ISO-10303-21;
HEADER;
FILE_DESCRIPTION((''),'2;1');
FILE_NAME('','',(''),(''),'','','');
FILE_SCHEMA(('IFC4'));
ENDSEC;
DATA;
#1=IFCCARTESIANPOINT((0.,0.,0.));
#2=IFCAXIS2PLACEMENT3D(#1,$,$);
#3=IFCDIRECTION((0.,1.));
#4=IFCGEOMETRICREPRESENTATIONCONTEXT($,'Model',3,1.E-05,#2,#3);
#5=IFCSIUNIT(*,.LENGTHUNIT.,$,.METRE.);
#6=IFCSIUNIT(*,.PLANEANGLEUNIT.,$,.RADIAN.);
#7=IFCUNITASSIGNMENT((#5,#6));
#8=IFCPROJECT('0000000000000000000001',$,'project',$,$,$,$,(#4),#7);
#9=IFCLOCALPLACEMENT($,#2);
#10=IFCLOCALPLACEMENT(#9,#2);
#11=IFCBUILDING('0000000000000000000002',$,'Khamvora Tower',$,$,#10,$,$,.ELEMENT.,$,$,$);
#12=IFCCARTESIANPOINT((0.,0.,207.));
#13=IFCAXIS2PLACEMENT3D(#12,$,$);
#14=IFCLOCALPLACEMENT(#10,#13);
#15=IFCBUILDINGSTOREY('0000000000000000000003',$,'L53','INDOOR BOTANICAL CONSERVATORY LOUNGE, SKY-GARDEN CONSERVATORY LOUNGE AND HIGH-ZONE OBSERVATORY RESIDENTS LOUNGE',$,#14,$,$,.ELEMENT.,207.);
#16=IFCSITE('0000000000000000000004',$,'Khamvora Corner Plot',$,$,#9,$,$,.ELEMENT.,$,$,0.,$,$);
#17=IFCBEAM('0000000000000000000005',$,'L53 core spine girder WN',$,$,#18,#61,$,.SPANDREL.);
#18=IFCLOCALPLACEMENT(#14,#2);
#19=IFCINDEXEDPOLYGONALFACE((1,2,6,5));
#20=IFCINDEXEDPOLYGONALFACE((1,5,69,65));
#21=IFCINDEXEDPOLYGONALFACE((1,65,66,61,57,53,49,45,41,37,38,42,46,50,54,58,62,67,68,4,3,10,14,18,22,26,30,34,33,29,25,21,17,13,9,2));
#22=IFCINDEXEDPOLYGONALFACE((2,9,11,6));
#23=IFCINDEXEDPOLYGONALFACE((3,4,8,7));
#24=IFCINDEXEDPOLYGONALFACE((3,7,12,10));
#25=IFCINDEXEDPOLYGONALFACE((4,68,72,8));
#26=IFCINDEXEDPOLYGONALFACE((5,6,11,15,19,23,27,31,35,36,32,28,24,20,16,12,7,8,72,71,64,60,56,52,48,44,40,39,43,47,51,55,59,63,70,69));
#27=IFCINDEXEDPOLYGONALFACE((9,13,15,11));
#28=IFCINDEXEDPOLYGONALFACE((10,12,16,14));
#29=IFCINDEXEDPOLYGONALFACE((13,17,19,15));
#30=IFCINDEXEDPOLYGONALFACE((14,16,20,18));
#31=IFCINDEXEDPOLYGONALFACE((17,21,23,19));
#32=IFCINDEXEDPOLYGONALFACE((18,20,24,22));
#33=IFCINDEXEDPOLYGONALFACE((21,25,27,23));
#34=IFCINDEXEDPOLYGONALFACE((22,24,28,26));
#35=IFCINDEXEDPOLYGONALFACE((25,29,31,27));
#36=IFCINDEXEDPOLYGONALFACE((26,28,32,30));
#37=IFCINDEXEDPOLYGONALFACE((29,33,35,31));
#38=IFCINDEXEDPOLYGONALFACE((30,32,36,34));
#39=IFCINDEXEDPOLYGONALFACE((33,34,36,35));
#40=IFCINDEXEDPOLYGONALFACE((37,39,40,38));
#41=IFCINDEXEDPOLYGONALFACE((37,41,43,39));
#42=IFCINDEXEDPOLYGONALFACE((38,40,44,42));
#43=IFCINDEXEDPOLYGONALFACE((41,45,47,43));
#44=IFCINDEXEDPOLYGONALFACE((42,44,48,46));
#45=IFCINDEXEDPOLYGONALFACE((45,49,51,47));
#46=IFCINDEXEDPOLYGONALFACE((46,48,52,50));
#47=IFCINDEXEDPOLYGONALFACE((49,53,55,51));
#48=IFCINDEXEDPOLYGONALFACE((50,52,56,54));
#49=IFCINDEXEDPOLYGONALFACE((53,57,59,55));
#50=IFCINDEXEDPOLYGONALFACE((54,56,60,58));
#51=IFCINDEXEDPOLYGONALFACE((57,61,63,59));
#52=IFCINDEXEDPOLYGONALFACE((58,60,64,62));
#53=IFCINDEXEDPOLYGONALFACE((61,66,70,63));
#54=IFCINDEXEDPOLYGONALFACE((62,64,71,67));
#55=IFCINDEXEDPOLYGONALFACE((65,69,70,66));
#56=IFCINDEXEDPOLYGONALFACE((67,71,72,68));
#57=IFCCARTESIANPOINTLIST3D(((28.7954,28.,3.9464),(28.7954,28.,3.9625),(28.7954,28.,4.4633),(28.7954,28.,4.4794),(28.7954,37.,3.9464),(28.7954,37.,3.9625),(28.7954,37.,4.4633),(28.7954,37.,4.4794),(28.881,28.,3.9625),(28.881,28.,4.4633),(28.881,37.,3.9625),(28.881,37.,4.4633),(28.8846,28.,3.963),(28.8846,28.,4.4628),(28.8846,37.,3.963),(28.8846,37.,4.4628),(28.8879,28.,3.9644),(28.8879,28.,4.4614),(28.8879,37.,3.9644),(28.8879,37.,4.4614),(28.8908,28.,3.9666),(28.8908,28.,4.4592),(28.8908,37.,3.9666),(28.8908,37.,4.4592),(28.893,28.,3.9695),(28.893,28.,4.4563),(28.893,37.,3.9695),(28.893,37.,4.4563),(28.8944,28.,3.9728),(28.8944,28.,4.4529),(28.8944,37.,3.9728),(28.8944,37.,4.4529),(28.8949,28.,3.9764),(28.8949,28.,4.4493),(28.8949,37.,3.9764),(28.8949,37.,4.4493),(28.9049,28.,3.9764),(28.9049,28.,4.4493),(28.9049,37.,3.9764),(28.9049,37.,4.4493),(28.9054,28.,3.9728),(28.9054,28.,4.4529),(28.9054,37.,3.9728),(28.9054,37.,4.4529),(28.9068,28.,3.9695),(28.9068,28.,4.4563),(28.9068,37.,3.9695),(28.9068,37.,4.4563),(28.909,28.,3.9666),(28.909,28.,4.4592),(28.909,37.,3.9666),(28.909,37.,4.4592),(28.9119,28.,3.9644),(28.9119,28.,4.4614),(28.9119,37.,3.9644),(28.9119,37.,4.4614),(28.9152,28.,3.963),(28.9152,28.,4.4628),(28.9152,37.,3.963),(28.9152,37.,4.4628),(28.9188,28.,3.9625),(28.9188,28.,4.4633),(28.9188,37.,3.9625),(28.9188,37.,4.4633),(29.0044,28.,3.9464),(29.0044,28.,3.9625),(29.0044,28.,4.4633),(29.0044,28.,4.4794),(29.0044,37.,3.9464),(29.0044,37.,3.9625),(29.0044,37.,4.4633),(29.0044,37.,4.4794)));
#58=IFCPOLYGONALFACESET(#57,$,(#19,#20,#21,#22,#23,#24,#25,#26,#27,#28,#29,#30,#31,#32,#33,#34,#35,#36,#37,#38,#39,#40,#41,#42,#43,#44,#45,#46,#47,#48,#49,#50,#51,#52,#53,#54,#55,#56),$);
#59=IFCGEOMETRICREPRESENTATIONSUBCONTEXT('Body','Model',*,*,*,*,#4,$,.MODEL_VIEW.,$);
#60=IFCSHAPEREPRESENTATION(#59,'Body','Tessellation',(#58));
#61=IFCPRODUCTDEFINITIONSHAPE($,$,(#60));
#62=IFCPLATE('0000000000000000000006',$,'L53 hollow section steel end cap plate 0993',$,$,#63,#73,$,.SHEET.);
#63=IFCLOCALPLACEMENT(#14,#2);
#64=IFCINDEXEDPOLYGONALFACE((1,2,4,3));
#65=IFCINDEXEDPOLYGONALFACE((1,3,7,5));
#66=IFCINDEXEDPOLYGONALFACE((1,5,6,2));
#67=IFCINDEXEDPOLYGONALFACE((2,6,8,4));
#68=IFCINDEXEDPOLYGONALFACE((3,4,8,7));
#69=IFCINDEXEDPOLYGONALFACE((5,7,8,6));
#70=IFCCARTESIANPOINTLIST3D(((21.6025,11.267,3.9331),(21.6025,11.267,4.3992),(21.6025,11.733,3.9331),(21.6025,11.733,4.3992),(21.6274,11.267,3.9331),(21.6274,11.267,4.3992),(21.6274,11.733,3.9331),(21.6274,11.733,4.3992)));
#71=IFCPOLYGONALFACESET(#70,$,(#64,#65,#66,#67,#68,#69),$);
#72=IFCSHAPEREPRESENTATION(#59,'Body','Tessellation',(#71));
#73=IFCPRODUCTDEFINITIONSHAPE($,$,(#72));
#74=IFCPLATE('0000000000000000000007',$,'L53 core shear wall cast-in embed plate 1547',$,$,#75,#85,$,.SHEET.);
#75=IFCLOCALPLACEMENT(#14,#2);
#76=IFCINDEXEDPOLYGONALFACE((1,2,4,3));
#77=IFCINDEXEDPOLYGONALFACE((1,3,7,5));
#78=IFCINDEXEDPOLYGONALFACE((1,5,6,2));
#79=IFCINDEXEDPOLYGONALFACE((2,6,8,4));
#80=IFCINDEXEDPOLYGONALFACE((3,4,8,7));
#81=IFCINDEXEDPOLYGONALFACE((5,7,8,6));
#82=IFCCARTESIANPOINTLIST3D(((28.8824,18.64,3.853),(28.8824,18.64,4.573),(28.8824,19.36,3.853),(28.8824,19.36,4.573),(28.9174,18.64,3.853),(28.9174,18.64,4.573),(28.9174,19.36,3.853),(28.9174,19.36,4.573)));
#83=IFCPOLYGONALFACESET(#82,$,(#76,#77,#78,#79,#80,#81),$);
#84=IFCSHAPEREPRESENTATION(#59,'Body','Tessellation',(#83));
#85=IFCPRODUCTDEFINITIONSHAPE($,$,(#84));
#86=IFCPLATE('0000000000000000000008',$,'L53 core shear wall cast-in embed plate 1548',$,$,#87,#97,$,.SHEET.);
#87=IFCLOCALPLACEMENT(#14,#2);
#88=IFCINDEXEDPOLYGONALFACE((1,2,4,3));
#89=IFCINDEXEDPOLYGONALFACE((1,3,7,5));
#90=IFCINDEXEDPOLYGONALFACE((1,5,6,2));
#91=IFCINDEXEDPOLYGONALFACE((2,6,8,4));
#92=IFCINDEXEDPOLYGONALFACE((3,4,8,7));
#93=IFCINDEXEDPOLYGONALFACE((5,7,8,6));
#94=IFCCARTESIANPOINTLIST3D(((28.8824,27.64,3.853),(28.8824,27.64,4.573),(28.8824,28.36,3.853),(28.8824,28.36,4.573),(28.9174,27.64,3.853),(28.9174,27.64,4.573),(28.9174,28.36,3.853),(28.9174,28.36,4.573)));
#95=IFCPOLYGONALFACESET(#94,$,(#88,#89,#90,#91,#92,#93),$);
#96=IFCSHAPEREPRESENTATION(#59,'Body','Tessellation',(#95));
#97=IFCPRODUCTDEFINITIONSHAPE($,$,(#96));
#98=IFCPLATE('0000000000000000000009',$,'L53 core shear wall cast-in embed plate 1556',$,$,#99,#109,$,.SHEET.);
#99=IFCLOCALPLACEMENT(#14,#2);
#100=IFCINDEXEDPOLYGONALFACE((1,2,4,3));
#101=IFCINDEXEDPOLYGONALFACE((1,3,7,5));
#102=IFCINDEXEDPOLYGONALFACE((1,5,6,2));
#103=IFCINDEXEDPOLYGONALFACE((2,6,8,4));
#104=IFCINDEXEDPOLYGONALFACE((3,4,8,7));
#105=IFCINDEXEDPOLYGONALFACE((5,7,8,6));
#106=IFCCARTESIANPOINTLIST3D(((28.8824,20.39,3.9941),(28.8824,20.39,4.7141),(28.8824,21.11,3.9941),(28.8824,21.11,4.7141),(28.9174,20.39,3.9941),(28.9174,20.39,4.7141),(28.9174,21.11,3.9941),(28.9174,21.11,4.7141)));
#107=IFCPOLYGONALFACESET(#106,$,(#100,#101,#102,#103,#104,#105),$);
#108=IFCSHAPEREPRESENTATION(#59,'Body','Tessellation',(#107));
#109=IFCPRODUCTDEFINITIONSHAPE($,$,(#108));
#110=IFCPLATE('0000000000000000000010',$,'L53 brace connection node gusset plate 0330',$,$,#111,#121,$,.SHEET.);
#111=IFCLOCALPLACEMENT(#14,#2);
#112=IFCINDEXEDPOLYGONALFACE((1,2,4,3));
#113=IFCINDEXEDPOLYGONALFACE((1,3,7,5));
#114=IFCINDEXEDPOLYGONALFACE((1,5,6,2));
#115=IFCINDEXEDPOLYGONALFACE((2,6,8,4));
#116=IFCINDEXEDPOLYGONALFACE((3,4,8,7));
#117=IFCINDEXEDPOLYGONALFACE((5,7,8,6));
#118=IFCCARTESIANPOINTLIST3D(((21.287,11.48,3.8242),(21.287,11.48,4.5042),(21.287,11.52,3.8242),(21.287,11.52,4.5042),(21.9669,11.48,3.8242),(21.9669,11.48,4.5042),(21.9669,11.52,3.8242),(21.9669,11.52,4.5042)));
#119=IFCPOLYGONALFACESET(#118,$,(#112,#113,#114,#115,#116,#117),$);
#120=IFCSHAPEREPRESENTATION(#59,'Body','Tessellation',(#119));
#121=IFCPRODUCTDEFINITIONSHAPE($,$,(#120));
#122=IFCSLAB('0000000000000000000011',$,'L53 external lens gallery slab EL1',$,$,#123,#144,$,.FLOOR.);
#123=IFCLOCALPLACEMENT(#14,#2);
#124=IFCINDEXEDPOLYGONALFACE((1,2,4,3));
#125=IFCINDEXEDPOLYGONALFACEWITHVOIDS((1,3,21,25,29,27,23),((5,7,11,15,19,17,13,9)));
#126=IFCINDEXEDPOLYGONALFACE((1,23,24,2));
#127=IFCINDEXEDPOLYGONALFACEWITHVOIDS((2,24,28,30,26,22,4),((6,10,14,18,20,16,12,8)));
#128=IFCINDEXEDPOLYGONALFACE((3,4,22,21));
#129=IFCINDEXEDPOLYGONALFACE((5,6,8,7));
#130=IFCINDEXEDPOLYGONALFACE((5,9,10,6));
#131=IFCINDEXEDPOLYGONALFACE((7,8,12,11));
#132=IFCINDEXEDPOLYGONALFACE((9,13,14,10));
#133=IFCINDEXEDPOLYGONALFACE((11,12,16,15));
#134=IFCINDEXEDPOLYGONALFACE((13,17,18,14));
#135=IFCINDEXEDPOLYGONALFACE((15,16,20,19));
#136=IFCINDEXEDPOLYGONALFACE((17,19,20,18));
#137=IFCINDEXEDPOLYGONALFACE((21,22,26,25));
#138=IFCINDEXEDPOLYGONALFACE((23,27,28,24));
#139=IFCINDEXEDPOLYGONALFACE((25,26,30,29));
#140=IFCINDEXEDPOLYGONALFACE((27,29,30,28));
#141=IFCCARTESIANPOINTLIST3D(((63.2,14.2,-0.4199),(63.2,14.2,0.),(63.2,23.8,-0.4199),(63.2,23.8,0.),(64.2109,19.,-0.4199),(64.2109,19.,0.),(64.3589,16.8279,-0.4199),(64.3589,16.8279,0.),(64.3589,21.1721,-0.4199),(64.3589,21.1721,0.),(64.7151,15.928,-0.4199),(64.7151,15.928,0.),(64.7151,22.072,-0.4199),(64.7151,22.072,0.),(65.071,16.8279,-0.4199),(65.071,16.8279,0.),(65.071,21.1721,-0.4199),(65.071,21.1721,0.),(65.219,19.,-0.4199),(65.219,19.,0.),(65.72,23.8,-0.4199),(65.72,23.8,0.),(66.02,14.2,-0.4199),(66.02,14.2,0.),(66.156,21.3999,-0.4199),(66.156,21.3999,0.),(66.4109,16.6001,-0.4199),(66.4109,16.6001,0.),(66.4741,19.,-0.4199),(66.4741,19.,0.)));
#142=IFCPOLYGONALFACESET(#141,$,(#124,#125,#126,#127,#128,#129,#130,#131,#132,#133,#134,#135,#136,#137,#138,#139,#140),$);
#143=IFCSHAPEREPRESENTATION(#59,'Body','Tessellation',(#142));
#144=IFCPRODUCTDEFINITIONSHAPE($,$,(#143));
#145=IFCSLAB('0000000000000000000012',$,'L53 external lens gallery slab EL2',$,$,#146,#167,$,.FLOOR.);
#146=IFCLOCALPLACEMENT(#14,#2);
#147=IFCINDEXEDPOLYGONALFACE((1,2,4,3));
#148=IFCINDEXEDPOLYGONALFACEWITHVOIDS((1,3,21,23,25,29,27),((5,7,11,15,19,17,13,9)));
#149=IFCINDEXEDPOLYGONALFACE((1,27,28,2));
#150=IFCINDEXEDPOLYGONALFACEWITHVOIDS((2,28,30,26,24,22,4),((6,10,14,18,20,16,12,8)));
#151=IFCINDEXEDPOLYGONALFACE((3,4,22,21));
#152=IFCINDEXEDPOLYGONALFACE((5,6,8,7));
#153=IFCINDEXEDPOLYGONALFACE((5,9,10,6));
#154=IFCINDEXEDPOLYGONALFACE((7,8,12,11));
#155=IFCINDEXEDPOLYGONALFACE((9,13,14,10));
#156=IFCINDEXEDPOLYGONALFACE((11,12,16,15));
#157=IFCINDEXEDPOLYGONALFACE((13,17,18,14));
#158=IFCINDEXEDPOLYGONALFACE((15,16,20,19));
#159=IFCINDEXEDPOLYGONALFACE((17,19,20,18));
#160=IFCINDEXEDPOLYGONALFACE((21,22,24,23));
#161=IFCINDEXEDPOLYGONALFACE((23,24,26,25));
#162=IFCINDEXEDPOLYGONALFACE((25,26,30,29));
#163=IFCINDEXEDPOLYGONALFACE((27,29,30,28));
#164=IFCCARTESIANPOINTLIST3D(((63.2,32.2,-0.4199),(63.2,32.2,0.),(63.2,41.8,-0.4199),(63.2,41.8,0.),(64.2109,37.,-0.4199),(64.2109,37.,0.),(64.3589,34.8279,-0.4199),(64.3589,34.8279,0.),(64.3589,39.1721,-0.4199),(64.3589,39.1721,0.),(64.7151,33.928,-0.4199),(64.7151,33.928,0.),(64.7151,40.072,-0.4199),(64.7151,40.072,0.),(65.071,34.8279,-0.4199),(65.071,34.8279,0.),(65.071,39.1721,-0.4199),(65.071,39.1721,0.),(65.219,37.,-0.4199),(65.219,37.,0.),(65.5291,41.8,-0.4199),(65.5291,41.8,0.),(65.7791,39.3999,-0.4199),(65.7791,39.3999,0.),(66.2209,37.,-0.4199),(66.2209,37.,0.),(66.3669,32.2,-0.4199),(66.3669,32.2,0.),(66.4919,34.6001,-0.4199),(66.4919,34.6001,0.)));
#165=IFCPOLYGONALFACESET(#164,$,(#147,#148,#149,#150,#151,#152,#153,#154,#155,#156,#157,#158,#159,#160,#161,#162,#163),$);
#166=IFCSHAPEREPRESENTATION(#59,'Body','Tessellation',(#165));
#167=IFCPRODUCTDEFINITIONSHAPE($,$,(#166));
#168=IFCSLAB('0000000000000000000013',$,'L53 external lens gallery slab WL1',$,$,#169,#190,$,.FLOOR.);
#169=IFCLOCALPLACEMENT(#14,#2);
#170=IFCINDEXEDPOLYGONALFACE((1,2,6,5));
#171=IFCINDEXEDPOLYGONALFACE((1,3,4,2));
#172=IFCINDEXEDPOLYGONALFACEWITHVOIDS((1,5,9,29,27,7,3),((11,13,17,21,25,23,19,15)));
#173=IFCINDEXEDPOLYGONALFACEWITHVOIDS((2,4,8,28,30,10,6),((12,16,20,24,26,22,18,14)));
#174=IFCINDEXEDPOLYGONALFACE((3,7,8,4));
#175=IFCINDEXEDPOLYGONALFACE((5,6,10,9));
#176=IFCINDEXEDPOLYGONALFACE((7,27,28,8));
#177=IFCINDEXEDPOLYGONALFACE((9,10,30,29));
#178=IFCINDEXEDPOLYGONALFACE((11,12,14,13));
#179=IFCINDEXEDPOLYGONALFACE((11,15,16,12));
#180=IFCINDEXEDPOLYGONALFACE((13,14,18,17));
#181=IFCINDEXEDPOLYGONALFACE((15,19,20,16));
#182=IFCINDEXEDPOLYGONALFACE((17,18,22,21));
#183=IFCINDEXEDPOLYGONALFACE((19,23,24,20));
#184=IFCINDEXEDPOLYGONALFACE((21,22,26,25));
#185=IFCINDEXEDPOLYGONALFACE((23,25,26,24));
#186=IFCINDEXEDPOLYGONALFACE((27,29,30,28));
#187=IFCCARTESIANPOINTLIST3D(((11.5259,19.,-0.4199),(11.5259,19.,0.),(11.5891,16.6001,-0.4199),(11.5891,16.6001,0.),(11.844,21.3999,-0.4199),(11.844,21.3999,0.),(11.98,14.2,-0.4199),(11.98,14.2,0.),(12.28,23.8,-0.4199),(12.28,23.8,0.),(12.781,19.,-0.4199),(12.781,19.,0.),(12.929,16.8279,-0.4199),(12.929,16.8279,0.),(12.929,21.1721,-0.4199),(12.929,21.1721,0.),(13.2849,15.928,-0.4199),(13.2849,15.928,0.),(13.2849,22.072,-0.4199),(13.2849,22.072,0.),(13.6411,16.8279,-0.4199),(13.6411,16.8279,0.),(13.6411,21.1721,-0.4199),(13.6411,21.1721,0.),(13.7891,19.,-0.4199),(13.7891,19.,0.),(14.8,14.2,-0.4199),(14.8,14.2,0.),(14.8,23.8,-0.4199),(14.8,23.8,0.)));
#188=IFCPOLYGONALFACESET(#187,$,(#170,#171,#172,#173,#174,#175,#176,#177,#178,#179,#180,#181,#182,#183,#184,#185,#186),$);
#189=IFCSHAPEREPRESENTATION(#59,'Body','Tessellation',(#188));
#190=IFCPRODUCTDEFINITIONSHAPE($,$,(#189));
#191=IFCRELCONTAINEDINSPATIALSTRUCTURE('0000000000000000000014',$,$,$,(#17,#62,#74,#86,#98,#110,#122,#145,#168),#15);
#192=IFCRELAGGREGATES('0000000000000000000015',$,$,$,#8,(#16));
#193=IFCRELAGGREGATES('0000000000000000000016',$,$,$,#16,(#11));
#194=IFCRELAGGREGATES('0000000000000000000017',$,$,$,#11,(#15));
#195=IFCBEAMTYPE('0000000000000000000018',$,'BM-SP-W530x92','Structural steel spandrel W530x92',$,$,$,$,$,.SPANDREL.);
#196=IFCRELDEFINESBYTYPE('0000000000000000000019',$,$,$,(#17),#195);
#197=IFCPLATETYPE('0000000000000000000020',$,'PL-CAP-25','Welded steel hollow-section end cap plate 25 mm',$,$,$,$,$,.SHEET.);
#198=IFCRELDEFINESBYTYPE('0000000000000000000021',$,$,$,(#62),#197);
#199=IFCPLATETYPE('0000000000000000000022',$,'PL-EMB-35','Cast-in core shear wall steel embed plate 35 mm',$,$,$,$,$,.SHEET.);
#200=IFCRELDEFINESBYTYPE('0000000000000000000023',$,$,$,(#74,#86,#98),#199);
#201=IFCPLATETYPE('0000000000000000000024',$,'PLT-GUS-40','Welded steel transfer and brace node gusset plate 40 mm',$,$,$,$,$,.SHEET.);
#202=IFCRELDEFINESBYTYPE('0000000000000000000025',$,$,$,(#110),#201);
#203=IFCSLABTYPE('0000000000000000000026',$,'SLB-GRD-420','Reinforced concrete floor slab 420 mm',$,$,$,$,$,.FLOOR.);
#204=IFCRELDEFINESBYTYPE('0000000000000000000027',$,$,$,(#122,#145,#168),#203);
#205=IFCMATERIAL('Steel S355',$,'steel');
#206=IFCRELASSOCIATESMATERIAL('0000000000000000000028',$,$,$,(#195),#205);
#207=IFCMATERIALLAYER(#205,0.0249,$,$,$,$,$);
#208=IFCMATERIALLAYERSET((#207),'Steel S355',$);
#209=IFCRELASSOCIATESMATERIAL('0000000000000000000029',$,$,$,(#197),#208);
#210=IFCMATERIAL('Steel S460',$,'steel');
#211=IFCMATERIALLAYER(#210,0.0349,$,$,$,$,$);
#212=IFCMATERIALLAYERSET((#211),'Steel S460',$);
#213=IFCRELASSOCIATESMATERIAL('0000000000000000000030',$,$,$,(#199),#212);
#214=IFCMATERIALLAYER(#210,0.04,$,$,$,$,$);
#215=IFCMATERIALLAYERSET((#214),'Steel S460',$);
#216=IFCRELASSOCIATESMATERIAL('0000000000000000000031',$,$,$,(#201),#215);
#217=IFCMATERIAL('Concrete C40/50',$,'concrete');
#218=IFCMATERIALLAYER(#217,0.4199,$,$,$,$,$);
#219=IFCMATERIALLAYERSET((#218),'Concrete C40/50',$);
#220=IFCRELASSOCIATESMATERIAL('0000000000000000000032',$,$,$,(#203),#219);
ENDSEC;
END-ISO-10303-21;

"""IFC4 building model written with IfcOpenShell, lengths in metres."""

from ifc_helpers import new_model, si_unit, direction, frame, origin, origin_2d, place, context, subcontext, project, spatial, polyline, rectangle, i_section, outline, extrude, material, layer, layer_set, material_profile, profile_set, type_object, element, save


model = new_model("IFC4")

# Units and contexts
model_context = context("Model", 3, precision=1e-05, world=origin(), true_north=direction((0.0, 1.0)))
body_context = subcontext(model_context, "Body", "Model", "MODEL_VIEW")
ifc_project = project(units=[si_unit("LENGTHUNIT", "METRE"), si_unit("PLANEANGLEUNIT", "RADIAN")], contexts=[model_context])

# Site, building, storey
site_placement = place(None, origin())
site = spatial("IfcSite", under=ifc_project, at=site_placement, Name="Khamvora Corner Plot", CompositionType="ELEMENT", RefElevation=0.0)
building_placement = place(site_placement, origin())
building = spatial("IfcBuilding", under=site, at=building_placement, Name="Khamvora Tower", CompositionType="ELEMENT")
storey_placement = place(building_placement, frame((0.0, 0.0, 207.0)))
storey = spatial("IfcBuildingStorey", under=building, at=storey_placement, Name="L53", Description="INDOOR BOTANICAL CONSERVATORY LOUNGE, SKY-GARDEN CONSERVATORY LOUNGE AND HIGH-ZONE OBSERVATORY RESIDENTS LOUNGE", CompositionType="ELEMENT", Elevation=207.0)

# Shared definitions
ifc_material_1 = material(Name="Steel S460", Category="steel")
ifc_material_2 = material(Name="Steel S355", Category="steel")

# Beam
ifc_material_profile_1 = material_profile(ifc_material_2, i_section(OverallWidth=0.209, OverallDepth=0.533, WebThickness=0.01, FlangeThickness=0.0161, FilletRadius=0.0139, at=origin_2d()), Name="W530x92")
ifc_profile_set_1 = profile_set([ifc_material_profile_1], Name="Steel S355")
beam_type_1 = type_object("IfcBeamType", Name="BM-SP-W530x92", Description="Structural steel spandrel W530x92", PredefinedType="SPANDREL", material=ifc_profile_set_1)
for number, where, z_axis, x_axis, name in (
    (1, (28.8999, 28.0, 4.2129), (0.0, 1.0, 0.0), (-1.0, 0.0, 0.0), "L53 core spine girder WN"),
):
    element("IfcBeam", number, at=place(storey_placement, frame(where, z_axis=z_axis, x_axis=x_axis)), inside=storey, type_object=beam_type_1, Name=name, PredefinedType="SPANDREL", context=body_context, shape_type="SweptSolid", body=[
        extrude(i_section(OverallWidth=0.209, OverallDepth=0.533, WebThickness=0.01, FlangeThickness=0.0161, FilletRadius=0.0139, at=origin_2d()), origin(), (0.0, 0.0, 1.0), 9.0),
    ])

# Plates
ifc_layer_1 = layer(ifc_material_2, 0.0249)
ifc_layer_set_1 = layer_set([ifc_layer_1], Name="Steel S355")
plate_type_1 = type_object("IfcPlateType", Name="PL-CAP-25", Description="Welded steel hollow-section end cap plate 25 mm", PredefinedType="SHEET", material=ifc_layer_set_1)
plate_1_placement = place(storey_placement, frame((21.615, 11.5, 3.9331), z_axis=(0.0, 0.0, 1.0), x_axis=(-1.0, 0.0, 0.0)))
element("IfcPlate", 2, at=plate_1_placement, inside=storey, type_object=plate_type_1, Name="L53 hollow section steel end cap plate 0993", PredefinedType="SHEET", context=body_context, shape_type="SweptSolid", body=[
    extrude(rectangle(XDim=0.0249, YDim=0.4661, at=origin_2d()), origin(), (0.0, 0.0, 1.0), 0.4661),
])
ifc_layer_2 = layer(ifc_material_1, 0.0349)
ifc_layer_set_2 = layer_set([ifc_layer_2], Name="Steel S460")
plate_type_2 = type_object("IfcPlateType", Name="PL-EMB-35", Description="Cast-in core shear wall steel embed plate 35 mm", PredefinedType="SHEET", material=ifc_layer_set_2)
for number, where, z_axis, x_axis, name in (
    (3, (28.8999, 19.0, 3.853), (0.0, 0.0, 1.0), (1.0, 0.0, 0.0), "L53 core shear wall cast-in embed plate 1547"),
    (4, (28.8999, 28.0, 3.853), (0.0, 0.0, 1.0), (1.0, 0.0, 0.0), "L53 core shear wall cast-in embed plate 1548"),
    (5, (28.8999, 20.75, 3.9941), (0.0, 0.0, 1.0), (1.0, 0.0, 0.0), "L53 core shear wall cast-in embed plate 1556"),
):
    element("IfcPlate", number, at=place(storey_placement, frame(where, z_axis=z_axis, x_axis=x_axis)), inside=storey, type_object=plate_type_2, Name=name, PredefinedType="SHEET", context=body_context, shape_type="SweptSolid", body=[
        extrude(rectangle(XDim=0.0349, YDim=0.72, at=origin_2d()), origin(), (0.0, 0.0, 1.0), 0.72),
    ])
ifc_layer_3 = layer(ifc_material_1, 0.04)
ifc_layer_set_3 = layer_set([ifc_layer_3], Name="Steel S460")
plate_type_3 = type_object("IfcPlateType", Name="PLT-GUS-40", Description="Welded steel transfer and brace node gusset plate 40 mm", PredefinedType="SHEET", material=ifc_layer_set_3)
plate_2_placement = place(storey_placement, frame((21.627, 11.5, 3.8242), z_axis=(0.0, 0.0, 1.0), x_axis=(1.0, 0.0, 0.0)))
element("IfcPlate", 6, at=plate_2_placement, inside=storey, type_object=plate_type_3, Name="L53 brace connection node gusset plate 0330", PredefinedType="SHEET", context=body_context, shape_type="SweptSolid", body=[
    extrude(rectangle(XDim=0.6799, YDim=0.04, at=origin_2d()), origin(), (0.0, 0.0, 1.0), 0.6799),
])

# Slabs
ifc_material_3 = material(Name="Concrete C40/50", Category="concrete")
ifc_layer_4 = layer(ifc_material_3, 0.4199)
ifc_layer_set_4 = layer_set([ifc_layer_4], Name="Concrete C40/50")
slab_type_1 = type_object("IfcSlabType", Name="SLB-GRD-420", Description="Reinforced concrete floor slab 420 mm", PredefinedType="FLOOR", material=ifc_layer_set_4)
slab_1_placement = place(storey_placement, frame((0.0, 0.0, -0.4199)))
element("IfcSlab", 7, at=slab_1_placement, inside=storey, type_object=slab_type_1, Name="L53 external lens gallery slab EL1", PredefinedType="FLOOR", context=body_context, shape_type="SweptSolid", body=[
    extrude(outline(polyline([(66.02, 14.2), (66.4109, 16.6001), (66.4741, 19.0), (66.156, 21.3999), (65.72, 23.8), (63.2, 23.8), (63.2, 14.2), (66.02, 14.2)]), holes=[polyline([(65.219, 19.0), (65.071, 21.1721), (64.7151, 22.072), (64.3589, 21.1721), (64.2109, 19.0), (64.3589, 16.8279), (64.7151, 15.928), (65.071, 16.8279), (65.219, 19.0)])]), origin(), (0.0, 0.0, 1.0), 0.4199),
])
slab_2_placement = place(storey_placement, frame((0.0, 0.0, -0.4199)))
element("IfcSlab", 8, at=slab_2_placement, inside=storey, type_object=slab_type_1, Name="L53 external lens gallery slab EL2", PredefinedType="FLOOR", context=body_context, shape_type="SweptSolid", body=[
    extrude(outline(polyline([(66.3669, 32.2), (66.4919, 34.6001), (66.2209, 37.0), (65.7791, 39.3999), (65.5291, 41.8), (63.2, 41.8), (63.2, 32.2), (66.3669, 32.2)]), holes=[polyline([(65.219, 37.0), (65.071, 39.1721), (64.7151, 40.072), (64.3589, 39.1721), (64.2109, 37.0), (64.3589, 34.8279), (64.7151, 33.928), (65.071, 34.8279), (65.219, 37.0)])]), origin(), (0.0, 0.0, 1.0), 0.4199),
])
slab_3_placement = place(storey_placement, frame((0.0, 0.0, -0.4199)))
element("IfcSlab", 9, at=slab_3_placement, inside=storey, type_object=slab_type_1, Name="L53 external lens gallery slab WL1", PredefinedType="FLOOR", context=body_context, shape_type="SweptSolid", body=[
    extrude(outline(polyline([(14.8, 14.2), (14.8, 23.8), (12.28, 23.8), (11.844, 21.3999), (11.5259, 19.0), (11.5891, 16.6001), (11.98, 14.2), (14.8, 14.2)]), holes=[polyline([(13.7891, 19.0), (13.6411, 21.1721), (13.2849, 22.072), (12.929, 21.1721), (12.781, 19.0), (12.929, 16.8279), (13.2849, 15.928), (13.6411, 16.8279), (13.7891, 19.0)])]), origin(), (0.0, 0.0, 1.0), 0.4199),
])

save(model, "model.ifc")
